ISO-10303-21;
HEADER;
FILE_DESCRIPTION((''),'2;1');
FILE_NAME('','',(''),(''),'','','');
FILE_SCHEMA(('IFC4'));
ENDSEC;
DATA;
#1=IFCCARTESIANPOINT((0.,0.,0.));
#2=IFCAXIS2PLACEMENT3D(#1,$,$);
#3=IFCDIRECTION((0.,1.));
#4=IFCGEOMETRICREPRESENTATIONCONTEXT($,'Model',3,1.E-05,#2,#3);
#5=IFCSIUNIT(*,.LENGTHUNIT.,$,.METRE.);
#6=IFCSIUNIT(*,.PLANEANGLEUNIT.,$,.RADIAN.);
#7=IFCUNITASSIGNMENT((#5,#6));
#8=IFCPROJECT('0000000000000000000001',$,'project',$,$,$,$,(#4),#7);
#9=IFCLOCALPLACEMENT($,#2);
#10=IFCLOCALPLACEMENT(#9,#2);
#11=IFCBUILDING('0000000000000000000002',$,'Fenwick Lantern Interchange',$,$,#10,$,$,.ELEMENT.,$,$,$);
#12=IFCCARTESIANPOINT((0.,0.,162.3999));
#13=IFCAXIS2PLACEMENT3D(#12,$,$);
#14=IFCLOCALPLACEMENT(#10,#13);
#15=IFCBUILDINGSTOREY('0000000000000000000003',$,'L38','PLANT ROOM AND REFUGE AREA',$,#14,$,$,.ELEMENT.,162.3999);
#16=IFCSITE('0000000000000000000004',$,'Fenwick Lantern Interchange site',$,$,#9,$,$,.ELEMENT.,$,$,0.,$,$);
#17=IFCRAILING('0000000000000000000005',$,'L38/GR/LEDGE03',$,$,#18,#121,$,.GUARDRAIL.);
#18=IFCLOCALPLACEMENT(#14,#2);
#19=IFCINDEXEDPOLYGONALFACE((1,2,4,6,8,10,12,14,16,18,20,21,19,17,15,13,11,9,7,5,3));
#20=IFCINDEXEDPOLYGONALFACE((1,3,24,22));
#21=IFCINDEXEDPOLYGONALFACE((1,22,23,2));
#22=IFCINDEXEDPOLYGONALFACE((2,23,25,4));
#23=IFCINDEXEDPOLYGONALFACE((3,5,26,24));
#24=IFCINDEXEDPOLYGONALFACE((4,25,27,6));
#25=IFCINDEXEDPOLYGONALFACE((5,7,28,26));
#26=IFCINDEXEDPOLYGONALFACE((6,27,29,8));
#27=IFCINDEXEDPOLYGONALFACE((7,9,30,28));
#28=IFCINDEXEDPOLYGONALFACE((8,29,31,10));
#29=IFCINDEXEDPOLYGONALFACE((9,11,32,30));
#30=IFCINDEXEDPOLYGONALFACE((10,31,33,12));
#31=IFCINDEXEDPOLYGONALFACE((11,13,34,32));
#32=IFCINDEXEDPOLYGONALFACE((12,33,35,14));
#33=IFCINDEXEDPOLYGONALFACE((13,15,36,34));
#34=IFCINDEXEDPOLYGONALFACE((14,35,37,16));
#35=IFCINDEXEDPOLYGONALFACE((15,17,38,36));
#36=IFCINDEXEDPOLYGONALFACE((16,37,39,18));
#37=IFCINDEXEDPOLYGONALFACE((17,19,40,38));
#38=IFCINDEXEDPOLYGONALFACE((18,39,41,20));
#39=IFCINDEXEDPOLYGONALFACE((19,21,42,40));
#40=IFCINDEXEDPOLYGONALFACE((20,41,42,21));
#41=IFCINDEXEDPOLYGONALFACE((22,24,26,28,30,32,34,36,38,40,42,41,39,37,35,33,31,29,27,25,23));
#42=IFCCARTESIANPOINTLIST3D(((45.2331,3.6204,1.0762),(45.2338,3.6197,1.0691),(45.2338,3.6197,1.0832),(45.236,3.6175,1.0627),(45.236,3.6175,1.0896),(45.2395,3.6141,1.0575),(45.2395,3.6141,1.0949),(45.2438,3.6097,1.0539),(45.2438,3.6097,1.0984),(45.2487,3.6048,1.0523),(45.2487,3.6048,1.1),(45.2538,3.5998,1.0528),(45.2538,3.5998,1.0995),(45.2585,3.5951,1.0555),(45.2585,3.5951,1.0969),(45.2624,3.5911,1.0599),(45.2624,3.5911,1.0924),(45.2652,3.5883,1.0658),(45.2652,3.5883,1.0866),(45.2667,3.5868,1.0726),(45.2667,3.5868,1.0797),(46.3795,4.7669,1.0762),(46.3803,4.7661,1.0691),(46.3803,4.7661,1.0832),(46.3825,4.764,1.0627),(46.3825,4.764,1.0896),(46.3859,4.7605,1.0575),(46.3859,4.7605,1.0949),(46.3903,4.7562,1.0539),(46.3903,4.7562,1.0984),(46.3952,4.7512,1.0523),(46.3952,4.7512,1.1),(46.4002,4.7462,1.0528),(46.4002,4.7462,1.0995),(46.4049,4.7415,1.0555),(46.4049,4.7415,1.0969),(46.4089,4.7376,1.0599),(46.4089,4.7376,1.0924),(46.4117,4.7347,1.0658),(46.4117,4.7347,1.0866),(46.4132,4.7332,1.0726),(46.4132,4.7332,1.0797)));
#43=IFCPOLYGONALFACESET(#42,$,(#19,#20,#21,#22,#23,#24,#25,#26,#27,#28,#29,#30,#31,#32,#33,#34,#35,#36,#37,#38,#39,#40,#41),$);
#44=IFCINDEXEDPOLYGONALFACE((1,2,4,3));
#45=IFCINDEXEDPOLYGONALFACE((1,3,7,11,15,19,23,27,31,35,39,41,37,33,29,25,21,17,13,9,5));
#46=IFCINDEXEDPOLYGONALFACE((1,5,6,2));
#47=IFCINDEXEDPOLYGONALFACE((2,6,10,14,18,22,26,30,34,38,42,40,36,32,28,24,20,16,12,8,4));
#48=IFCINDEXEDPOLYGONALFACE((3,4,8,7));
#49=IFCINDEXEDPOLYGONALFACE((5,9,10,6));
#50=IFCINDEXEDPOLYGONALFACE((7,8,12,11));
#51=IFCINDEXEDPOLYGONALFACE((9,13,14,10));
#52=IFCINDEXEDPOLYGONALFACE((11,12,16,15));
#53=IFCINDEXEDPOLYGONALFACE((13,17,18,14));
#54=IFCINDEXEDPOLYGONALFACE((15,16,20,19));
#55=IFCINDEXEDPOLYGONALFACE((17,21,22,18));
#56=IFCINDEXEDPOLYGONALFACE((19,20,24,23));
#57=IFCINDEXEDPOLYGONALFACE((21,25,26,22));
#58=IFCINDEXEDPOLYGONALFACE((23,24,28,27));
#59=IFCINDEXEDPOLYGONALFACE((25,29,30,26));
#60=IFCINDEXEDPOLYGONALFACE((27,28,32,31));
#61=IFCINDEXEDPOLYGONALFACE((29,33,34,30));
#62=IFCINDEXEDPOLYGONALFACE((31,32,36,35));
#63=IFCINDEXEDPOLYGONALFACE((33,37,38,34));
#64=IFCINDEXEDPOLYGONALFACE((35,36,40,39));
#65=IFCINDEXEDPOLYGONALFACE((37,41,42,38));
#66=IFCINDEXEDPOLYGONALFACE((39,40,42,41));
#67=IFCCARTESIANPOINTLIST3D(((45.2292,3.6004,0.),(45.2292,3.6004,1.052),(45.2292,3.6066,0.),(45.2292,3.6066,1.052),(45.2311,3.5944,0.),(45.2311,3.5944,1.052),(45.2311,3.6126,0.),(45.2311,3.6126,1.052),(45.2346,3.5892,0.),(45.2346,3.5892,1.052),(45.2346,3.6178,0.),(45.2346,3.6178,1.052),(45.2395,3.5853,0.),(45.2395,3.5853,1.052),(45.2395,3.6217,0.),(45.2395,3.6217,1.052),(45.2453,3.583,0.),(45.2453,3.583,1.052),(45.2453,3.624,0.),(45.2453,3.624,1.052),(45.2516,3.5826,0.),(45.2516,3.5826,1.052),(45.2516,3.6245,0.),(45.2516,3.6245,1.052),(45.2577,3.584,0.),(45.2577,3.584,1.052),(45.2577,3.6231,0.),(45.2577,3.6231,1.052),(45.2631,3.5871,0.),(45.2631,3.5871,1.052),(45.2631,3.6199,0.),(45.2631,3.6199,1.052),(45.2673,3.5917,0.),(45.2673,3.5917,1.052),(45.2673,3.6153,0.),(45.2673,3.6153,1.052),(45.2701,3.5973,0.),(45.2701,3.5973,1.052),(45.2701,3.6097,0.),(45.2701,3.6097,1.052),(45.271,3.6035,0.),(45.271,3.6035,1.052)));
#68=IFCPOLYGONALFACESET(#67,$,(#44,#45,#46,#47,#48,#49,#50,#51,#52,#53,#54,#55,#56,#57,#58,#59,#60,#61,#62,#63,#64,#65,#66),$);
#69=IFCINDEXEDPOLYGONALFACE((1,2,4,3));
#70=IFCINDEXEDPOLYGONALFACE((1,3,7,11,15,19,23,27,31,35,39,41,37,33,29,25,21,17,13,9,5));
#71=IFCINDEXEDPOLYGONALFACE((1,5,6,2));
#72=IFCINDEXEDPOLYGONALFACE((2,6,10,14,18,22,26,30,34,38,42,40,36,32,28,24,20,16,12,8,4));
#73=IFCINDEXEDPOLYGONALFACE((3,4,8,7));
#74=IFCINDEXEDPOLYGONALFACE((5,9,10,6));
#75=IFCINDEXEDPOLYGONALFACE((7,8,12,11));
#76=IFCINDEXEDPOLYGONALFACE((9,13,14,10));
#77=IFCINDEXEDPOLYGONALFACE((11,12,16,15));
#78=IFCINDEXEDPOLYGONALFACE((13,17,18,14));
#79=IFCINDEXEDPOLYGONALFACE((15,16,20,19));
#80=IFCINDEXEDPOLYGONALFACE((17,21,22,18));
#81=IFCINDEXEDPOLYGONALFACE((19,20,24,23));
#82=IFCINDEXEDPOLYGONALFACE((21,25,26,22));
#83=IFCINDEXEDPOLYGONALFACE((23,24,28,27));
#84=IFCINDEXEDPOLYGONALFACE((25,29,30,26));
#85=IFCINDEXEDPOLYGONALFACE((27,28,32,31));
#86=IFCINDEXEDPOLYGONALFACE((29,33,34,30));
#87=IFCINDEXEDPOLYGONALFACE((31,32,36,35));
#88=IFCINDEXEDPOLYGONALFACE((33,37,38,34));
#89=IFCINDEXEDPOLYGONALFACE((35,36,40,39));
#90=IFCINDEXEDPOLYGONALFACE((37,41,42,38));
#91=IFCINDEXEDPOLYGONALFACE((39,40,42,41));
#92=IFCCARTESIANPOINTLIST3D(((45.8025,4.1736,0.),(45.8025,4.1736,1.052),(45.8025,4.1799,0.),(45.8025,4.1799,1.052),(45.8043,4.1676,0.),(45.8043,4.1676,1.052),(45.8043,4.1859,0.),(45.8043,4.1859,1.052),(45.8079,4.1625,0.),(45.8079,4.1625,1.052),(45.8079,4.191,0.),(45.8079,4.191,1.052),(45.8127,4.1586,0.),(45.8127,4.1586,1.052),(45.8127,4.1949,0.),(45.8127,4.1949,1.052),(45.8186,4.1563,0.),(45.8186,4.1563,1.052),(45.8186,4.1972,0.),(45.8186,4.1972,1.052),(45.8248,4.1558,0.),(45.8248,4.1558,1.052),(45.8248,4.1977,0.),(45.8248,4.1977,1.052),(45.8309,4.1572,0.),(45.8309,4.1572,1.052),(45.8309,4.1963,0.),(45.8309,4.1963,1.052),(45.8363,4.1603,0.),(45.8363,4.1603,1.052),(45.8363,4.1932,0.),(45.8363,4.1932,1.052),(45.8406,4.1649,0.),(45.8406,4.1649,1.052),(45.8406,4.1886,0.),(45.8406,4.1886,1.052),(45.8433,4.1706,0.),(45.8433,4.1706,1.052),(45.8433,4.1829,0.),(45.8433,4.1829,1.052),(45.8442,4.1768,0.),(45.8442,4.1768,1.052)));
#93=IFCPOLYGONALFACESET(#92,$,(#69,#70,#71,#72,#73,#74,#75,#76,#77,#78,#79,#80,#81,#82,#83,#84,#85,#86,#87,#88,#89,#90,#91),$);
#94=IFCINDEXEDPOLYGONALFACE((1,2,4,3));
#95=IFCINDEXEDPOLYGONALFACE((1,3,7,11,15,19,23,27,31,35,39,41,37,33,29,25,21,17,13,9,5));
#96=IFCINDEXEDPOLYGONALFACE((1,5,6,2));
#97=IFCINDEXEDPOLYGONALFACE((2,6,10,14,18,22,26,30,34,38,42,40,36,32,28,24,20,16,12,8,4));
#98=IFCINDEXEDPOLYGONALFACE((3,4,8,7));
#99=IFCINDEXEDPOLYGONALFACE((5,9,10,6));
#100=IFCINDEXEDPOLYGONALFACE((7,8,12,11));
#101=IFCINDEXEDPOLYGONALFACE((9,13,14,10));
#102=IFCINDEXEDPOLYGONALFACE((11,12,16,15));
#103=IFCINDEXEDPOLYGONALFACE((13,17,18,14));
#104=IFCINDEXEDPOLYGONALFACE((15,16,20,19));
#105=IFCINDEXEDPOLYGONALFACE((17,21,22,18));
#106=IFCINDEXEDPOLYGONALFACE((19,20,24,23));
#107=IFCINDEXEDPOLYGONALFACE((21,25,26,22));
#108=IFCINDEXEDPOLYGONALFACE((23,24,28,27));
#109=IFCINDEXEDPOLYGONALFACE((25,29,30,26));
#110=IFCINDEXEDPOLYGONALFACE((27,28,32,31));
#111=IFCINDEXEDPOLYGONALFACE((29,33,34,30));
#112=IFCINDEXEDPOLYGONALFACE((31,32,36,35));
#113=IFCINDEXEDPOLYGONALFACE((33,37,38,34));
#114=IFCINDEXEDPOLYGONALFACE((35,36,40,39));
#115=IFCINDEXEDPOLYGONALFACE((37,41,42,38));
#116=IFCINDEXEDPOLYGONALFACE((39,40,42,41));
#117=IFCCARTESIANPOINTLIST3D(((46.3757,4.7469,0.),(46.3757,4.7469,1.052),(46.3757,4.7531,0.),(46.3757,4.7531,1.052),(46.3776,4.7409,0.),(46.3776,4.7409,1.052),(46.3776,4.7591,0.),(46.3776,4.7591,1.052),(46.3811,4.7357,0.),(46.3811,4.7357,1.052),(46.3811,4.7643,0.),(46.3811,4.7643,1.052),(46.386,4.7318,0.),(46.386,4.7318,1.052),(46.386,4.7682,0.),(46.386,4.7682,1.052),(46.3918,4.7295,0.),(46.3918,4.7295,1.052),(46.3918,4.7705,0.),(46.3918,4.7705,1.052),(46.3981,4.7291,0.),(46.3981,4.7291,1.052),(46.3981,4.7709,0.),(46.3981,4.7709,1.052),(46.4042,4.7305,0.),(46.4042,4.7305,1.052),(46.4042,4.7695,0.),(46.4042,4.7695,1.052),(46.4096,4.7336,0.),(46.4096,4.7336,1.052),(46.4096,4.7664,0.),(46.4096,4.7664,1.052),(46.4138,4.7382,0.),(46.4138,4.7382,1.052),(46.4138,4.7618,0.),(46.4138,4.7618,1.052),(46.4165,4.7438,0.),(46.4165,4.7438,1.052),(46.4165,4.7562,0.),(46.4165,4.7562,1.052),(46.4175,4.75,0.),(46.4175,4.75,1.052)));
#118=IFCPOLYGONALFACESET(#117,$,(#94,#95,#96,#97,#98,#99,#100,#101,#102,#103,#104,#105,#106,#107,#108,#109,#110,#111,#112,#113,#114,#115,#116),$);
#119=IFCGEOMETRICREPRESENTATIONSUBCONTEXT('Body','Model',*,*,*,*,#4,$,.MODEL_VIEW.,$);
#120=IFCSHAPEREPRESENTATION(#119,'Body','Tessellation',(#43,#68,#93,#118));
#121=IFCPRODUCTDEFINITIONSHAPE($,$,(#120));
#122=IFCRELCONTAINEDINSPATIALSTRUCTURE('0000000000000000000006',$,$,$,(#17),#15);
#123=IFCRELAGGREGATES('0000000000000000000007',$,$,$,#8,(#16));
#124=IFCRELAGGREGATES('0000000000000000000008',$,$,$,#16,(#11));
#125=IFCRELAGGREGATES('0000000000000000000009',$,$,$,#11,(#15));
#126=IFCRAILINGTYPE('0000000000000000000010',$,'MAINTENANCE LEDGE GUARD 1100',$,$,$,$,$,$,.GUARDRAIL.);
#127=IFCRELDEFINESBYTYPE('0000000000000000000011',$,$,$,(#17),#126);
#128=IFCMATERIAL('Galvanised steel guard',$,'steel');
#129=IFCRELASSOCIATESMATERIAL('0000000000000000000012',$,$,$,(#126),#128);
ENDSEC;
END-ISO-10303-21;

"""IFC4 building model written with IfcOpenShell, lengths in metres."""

from ifc_helpers import new_model, si_unit, direction, frame, origin, origin_2d, place, context, subcontext, project, spatial, circle, extrude, material, type_object, element, save


model = new_model("IFC4")

# Units and contexts
model_context = context("Model", 3, precision=1e-05, world=origin(), true_north=direction((0.0, 1.0)))
body_context = subcontext(model_context, "Body", "Model", "MODEL_VIEW")
ifc_project = project(units=[si_unit("LENGTHUNIT", "METRE"), si_unit("PLANEANGLEUNIT", "RADIAN")], contexts=[model_context])

# Site, building, storey
site_placement = place(None, origin())
site = spatial("IfcSite", under=ifc_project, at=site_placement, Name="Fenwick Lantern Interchange site", CompositionType="ELEMENT", RefElevation=0.0)
building_placement = place(site_placement, origin())
building = spatial("IfcBuilding", under=site, at=building_placement, Name="Fenwick Lantern Interchange", CompositionType="ELEMENT")
storey_placement = place(building_placement, frame((0.0, 0.0, 162.3999)))
storey = spatial("IfcBuildingStorey", under=building, at=storey_placement, Name="L38", Description="PLANT ROOM AND REFUGE AREA", CompositionType="ELEMENT", Elevation=162.3999)

# Railing
ifc_material_1 = material(Name="Galvanised steel guard", Category="steel")
railing_type = type_object("IfcRailingType", Name="MAINTENANCE LEDGE GUARD 1100", PredefinedType="GUARDRAIL", material=ifc_material_1)
railing_1_placement = place(storey_placement, frame((45.25, 3.6035, 0.0)))
element("IfcRailing", 1, at=railing_1_placement, inside=storey, type_object=railing_type, Name="L38/GR/LEDGE03", PredefinedType="GUARDRAIL", context=body_context, shape_type="SweptSolid", body=[
    extrude(circle(Radius=0.0239, at=origin_2d()), frame((0.0, 0.0, 1.0762), z_axis=(0.707107, 0.707107, 0.0), x_axis=(-0.707107, 0.707107, 0.0)), (0.0, 0.0, 1.0), 1.6213),
    extrude(circle(Radius=0.021, at=origin_2d()), origin(), (0.0, 0.0, 1.0), 1.052),
    extrude(circle(Radius=0.021, at=origin_2d()), frame((0.5732, 0.5732, 0.0)), (0.0, 0.0, 1.0), 1.052),
    extrude(circle(Radius=0.021, at=origin_2d()), frame((1.1465, 1.1465, 0.0)), (0.0, 0.0, 1.0), 1.052),
])

save(model, "model.ifc")
